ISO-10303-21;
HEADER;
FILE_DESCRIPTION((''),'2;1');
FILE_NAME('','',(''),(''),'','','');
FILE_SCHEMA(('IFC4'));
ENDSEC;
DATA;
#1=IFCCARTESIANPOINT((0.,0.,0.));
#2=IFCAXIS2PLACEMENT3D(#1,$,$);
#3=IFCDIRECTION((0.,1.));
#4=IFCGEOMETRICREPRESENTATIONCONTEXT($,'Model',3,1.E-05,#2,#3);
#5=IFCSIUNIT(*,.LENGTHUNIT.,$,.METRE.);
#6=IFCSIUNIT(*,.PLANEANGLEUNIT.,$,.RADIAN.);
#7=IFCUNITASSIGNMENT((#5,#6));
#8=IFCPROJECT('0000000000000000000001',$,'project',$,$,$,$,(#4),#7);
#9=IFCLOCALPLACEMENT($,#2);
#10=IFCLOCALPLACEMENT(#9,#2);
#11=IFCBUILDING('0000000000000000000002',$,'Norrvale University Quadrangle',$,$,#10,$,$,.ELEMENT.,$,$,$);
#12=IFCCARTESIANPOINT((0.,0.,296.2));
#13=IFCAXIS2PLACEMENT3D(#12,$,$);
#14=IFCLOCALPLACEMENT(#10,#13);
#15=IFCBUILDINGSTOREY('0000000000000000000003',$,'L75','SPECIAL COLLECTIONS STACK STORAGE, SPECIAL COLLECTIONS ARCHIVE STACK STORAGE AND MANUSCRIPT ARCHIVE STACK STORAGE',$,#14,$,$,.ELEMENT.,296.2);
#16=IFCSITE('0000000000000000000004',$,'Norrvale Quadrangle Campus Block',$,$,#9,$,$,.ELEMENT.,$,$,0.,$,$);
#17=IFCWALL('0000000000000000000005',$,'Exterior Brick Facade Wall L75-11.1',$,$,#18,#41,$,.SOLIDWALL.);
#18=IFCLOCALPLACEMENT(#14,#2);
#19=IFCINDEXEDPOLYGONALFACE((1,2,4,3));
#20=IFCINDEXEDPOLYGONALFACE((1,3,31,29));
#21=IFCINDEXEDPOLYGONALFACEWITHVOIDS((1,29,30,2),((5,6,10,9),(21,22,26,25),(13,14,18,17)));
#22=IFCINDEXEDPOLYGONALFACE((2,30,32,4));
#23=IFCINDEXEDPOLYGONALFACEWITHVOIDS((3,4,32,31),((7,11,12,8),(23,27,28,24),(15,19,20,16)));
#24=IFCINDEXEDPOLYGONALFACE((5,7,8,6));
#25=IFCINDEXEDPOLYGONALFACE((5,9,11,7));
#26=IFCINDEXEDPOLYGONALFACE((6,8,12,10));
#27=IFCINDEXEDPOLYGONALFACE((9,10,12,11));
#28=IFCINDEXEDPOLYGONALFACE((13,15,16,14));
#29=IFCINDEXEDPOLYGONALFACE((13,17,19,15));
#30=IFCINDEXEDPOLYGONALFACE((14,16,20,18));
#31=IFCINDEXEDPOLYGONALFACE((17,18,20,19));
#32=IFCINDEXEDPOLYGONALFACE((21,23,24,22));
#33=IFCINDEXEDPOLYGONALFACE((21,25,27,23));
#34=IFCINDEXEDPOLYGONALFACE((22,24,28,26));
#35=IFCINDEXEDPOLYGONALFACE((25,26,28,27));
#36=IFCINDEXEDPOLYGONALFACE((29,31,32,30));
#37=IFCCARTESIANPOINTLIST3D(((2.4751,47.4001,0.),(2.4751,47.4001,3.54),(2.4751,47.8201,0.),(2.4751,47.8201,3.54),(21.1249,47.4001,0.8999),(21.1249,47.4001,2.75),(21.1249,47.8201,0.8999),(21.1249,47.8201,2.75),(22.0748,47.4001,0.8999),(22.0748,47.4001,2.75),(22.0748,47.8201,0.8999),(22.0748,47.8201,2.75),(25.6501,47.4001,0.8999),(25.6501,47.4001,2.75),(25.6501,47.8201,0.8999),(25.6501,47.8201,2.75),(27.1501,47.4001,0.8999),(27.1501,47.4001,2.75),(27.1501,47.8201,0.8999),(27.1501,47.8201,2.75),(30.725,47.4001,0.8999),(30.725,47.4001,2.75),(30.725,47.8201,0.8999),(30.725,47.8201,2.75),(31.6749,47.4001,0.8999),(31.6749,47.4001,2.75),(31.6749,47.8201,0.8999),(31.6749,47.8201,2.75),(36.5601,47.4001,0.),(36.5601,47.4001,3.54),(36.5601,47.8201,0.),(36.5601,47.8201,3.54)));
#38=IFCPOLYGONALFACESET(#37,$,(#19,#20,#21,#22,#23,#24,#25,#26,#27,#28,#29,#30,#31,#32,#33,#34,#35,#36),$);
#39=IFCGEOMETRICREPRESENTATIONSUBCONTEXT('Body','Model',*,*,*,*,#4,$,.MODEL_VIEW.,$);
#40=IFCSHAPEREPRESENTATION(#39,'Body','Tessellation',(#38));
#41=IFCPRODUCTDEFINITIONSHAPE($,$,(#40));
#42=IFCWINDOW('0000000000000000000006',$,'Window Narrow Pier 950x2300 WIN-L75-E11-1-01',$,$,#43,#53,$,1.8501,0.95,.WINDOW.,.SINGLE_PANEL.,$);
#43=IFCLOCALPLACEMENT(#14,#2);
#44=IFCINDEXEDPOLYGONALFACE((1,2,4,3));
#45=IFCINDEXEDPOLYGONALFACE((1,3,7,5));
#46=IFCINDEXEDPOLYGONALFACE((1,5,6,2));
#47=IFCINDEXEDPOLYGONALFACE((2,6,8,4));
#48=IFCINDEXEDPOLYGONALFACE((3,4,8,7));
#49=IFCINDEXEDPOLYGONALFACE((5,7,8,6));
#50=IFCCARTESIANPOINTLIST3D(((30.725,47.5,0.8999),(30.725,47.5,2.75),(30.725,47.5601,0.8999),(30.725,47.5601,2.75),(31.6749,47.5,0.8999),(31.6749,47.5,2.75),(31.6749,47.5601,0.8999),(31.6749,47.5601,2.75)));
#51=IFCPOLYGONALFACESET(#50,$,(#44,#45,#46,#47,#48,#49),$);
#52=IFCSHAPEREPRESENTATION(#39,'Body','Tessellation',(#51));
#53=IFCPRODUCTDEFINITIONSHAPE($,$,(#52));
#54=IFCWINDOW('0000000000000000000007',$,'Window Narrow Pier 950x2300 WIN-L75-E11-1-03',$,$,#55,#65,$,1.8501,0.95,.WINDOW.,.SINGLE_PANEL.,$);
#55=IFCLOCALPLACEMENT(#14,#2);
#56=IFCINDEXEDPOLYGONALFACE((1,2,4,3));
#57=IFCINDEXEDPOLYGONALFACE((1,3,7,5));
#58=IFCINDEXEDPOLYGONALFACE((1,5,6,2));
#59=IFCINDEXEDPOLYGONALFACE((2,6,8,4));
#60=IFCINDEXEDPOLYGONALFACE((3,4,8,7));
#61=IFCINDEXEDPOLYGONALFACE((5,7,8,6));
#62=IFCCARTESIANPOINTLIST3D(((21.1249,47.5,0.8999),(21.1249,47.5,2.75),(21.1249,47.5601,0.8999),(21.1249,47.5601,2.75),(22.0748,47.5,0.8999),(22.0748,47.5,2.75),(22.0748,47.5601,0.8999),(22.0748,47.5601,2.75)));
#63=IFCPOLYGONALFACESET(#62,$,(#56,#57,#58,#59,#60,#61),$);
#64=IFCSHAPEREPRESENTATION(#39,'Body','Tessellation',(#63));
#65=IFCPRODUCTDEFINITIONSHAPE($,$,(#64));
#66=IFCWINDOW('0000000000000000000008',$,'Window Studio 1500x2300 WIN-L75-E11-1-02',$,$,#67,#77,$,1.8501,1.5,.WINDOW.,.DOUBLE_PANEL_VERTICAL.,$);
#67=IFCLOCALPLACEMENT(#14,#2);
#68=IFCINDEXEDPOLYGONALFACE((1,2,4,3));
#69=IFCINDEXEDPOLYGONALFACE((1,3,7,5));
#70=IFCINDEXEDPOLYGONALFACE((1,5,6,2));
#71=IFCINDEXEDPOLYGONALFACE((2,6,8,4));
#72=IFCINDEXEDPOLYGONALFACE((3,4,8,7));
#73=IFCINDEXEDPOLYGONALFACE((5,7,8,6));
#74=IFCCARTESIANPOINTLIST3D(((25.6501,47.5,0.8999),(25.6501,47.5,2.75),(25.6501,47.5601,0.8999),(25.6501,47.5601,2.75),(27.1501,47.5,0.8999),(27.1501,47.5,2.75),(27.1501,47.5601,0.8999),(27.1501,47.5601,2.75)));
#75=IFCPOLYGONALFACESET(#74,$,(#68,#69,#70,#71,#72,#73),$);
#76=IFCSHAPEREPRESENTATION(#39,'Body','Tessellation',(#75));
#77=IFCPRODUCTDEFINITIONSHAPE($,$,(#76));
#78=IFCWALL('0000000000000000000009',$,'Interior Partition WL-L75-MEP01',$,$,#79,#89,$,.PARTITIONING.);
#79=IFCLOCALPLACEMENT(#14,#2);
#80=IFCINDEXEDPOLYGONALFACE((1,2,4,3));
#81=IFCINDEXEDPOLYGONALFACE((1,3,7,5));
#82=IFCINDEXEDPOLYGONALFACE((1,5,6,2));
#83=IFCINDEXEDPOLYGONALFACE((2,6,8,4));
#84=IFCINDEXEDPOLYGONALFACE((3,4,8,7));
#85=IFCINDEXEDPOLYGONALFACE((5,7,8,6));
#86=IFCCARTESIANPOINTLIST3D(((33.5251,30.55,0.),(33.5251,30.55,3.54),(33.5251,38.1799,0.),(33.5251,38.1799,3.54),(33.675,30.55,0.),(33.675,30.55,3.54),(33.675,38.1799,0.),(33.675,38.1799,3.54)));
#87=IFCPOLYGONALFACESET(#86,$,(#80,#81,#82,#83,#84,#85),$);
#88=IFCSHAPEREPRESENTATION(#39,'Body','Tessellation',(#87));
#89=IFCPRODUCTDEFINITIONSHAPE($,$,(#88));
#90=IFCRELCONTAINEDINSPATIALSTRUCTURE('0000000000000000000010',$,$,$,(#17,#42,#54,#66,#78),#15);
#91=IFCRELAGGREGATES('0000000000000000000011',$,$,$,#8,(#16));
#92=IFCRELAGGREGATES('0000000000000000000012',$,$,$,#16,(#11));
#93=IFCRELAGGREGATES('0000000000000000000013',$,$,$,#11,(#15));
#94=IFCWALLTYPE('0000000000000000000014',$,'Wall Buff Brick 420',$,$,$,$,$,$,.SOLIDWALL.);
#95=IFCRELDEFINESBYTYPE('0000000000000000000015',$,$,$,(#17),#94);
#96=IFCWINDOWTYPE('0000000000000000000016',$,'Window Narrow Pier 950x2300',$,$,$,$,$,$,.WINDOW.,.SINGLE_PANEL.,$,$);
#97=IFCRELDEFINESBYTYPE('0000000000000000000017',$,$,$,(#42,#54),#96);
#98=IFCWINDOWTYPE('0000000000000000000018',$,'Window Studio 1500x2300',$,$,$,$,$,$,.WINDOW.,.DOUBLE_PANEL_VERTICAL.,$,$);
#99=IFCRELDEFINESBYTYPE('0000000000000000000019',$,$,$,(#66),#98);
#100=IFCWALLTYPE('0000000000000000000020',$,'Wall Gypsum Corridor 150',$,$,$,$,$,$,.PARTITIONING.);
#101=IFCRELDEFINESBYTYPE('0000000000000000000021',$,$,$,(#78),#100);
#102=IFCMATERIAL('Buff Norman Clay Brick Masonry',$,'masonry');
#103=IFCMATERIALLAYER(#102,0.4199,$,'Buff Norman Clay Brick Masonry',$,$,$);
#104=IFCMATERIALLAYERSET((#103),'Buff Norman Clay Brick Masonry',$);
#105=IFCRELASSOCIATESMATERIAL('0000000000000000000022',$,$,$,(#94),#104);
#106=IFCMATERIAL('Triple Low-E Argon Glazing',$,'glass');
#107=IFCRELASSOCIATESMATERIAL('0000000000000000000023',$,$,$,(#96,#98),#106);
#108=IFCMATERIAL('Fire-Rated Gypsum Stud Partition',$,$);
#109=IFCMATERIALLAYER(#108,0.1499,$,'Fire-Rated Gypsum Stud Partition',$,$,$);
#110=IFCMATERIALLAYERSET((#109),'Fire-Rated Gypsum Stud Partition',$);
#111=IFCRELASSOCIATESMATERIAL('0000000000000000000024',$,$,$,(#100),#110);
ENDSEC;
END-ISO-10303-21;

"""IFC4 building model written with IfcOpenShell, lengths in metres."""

from ifc_helpers import new_model, si_unit, direction, frame, frame_2d, origin, place, context, subcontext, project, spatial, rectangle, extrude, material, layer, layer_set, type_object, element, fill, save


model = new_model("IFC4")

# Units and contexts
model_context = context("Model", 3, precision=1e-05, world=origin(), true_north=direction((0.0, 1.0)))
body_context = subcontext(model_context, "Body", "Model", "MODEL_VIEW")
ifc_project = project(units=[si_unit("LENGTHUNIT", "METRE"), si_unit("PLANEANGLEUNIT", "RADIAN")], contexts=[model_context])

# Site, building, storey
site_placement = place(None, origin())
site = spatial("IfcSite", under=ifc_project, at=site_placement, Name="Norrvale Quadrangle Campus Block", CompositionType="ELEMENT", RefElevation=0.0)
building_placement = place(site_placement, origin())
building = spatial("IfcBuilding", under=site, at=building_placement, Name="Norrvale University Quadrangle", CompositionType="ELEMENT")
storey_placement = place(building_placement, frame((0.0, 0.0, 296.2)))
storey = spatial("IfcBuildingStorey", under=building, at=storey_placement, Name="L75", Description="SPECIAL COLLECTIONS STACK STORAGE, SPECIAL COLLECTIONS ARCHIVE STACK STORAGE AND MANUSCRIPT ARCHIVE STACK STORAGE", CompositionType="ELEMENT", Elevation=296.2)

# Shared definitions
ifc_material_1 = material(Name="Buff Norman Clay Brick Masonry", Category="masonry")
ifc_layer_1 = layer(ifc_material_1, 0.4199, Name="Buff Norman Clay Brick Masonry")
ifc_layer_set_1 = layer_set([ifc_layer_1], Name="Buff Norman Clay Brick Masonry")
wall_type_1 = type_object("IfcWallType", Name="Wall Buff Brick 420", PredefinedType="SOLIDWALL", material=ifc_layer_set_1)

# Shared definitions
ifc_material_2 = material(Name="Triple Low-E Argon Glazing", Category="glass")

# Wall, openings, windows
wall_1_placement = place(storey_placement, frame((36.5601, 47.6101, 0.0), z_axis=(0.0, 0.0, 1.0), x_axis=(-1.0, 0.0, 0.0)))
wall_1 = element("IfcWall", 1, at=wall_1_placement, inside=storey, type_object=wall_type_1, Name="Exterior Brick Facade Wall L75-11.1", PredefinedType="SOLIDWALL", context=body_context, shape_type="SweptSolid", body=[
    extrude(rectangle(XDim=34.085, YDim=0.4199, at=frame_2d((17.0425, 0.0))), origin(), (0.0, 0.0, 1.0), 3.54),
])
opening_1_placement = place(wall_1_placement, frame((4.885, 0.0, 0.8999)))
opening_1 = element("IfcOpeningElement", 2, at=opening_1_placement, cuts=wall_1, PredefinedType="OPENING", context=body_context, shape_type="SweptSolid", body=[
    extrude(rectangle(XDim=0.95, YDim=1.8501, at=frame_2d((0.4751, 0.925))), frame((0.0, 0.2219, 0.0), z_axis=(0.0, -1.0, 0.0), x_axis=(1.0, 0.0, 0.0)), (0.0, 0.0, 1.0), 0.4438),
])
opening_2_placement = place(wall_1_placement, frame((9.4099, 0.0, 0.8999)))
opening_2 = element("IfcOpeningElement", 3, at=opening_2_placement, cuts=wall_1, PredefinedType="OPENING", context=body_context, shape_type="SweptSolid", body=[
    extrude(rectangle(XDim=1.5, YDim=1.8501, at=frame_2d((0.75, 0.925))), frame((0.0, 0.2219, 0.0), z_axis=(0.0, -1.0, 0.0), x_axis=(1.0, 0.0, 0.0)), (0.0, 0.0, 1.0), 0.4438),
])
opening_3_placement = place(wall_1_placement, frame((14.4851, 0.0, 0.8999)))
opening_3 = element("IfcOpeningElement", 4, at=opening_3_placement, cuts=wall_1, PredefinedType="OPENING", context=body_context, shape_type="SweptSolid", body=[
    extrude(rectangle(XDim=0.95, YDim=1.8501, at=frame_2d((0.4751, 0.925))), frame((0.0, 0.2219, 0.0), z_axis=(0.0, -1.0, 0.0), x_axis=(1.0, 0.0, 0.0)), (0.0, 0.0, 1.0), 0.4438),
])
window_type_1 = type_object("IfcWindowType", Name="Window Narrow Pier 950x2300", PartitioningType="SINGLE_PANEL", PredefinedType="WINDOW", material=ifc_material_2)
window_1_placement = place(opening_1_placement, origin())
window_1 = element("IfcWindow", 5, at=window_1_placement, inside=storey, type_object=window_type_1, Name="Window Narrow Pier 950x2300 WIN-L75-E11-1-01", OverallHeight=1.8501, OverallWidth=0.95, PartitioningType="SINGLE_PANEL", PredefinedType="WINDOW", context=body_context, shape_type="SweptSolid", body=[
    extrude(rectangle(XDim=0.95, YDim=1.8501, at=frame_2d((0.4751, 0.925))), frame((0.0, 0.1101, 0.0), z_axis=(0.0, -1.0, 0.0), x_axis=(1.0, 0.0, 0.0)), (0.0, 0.0, 1.0), 0.0601),
])
fill(opening_1, window_1)
window_2_placement = place(opening_3_placement, origin())
window_2 = element("IfcWindow", 6, at=window_2_placement, inside=storey, type_object=window_type_1, Name="Window Narrow Pier 950x2300 WIN-L75-E11-1-03", OverallHeight=1.8501, OverallWidth=0.95, PartitioningType="SINGLE_PANEL", PredefinedType="WINDOW", context=body_context, shape_type="SweptSolid", body=[
    extrude(rectangle(XDim=0.95, YDim=1.8501, at=frame_2d((0.4751, 0.925))), frame((0.0, 0.1101, 0.0), z_axis=(0.0, -1.0, 0.0), x_axis=(1.0, 0.0, 0.0)), (0.0, 0.0, 1.0), 0.0601),
])
fill(opening_3, window_2)
window_type_2 = type_object("IfcWindowType", Name="Window Studio 1500x2300", PartitioningType="DOUBLE_PANEL_VERTICAL", PredefinedType="WINDOW", material=ifc_material_2)
window_3_placement = place(opening_2_placement, origin())
window_3 = element("IfcWindow", 7, at=window_3_placement, inside=storey, type_object=window_type_2, Name="Window Studio 1500x2300 WIN-L75-E11-1-02", OverallHeight=1.8501, OverallWidth=1.5, PartitioningType="DOUBLE_PANEL_VERTICAL", PredefinedType="WINDOW", context=body_context, shape_type="SweptSolid", body=[
    extrude(rectangle(XDim=1.5, YDim=1.8501, at=frame_2d((0.75, 0.925))), frame((0.0, 0.1101, 0.0), z_axis=(0.0, -1.0, 0.0), x_axis=(1.0, 0.0, 0.0)), (0.0, 0.0, 1.0), 0.0601),
])
fill(opening_2, window_3)

# Wall
ifc_material_3 = material(Name="Fire-Rated Gypsum Stud Partition")
ifc_layer_2 = layer(ifc_material_3, 0.1499, Name="Fire-Rated Gypsum Stud Partition")
ifc_layer_set_2 = layer_set([ifc_layer_2], Name="Fire-Rated Gypsum Stud Partition")
wall_type_2 = type_object("IfcWallType", Name="Wall Gypsum Corridor 150", PredefinedType="PARTITIONING", material=ifc_layer_set_2)
wall_2_placement = place(storey_placement, frame((33.6001, 30.55, 0.0), z_axis=(0.0, 0.0, 1.0), x_axis=(0.0, 1.0, 0.0)))
element("IfcWall", 8, at=wall_2_placement, inside=storey, type_object=wall_type_2, Name="Interior Partition WL-L75-MEP01", PredefinedType="PARTITIONING", context=body_context, shape_type="SweptSolid", body=[
    extrude(rectangle(XDim=7.6299, YDim=0.1499, at=frame_2d((3.8149, 0.0))), origin(), (0.0, 0.0, 1.0), 3.54),
])

save(model, "model.ifc")
